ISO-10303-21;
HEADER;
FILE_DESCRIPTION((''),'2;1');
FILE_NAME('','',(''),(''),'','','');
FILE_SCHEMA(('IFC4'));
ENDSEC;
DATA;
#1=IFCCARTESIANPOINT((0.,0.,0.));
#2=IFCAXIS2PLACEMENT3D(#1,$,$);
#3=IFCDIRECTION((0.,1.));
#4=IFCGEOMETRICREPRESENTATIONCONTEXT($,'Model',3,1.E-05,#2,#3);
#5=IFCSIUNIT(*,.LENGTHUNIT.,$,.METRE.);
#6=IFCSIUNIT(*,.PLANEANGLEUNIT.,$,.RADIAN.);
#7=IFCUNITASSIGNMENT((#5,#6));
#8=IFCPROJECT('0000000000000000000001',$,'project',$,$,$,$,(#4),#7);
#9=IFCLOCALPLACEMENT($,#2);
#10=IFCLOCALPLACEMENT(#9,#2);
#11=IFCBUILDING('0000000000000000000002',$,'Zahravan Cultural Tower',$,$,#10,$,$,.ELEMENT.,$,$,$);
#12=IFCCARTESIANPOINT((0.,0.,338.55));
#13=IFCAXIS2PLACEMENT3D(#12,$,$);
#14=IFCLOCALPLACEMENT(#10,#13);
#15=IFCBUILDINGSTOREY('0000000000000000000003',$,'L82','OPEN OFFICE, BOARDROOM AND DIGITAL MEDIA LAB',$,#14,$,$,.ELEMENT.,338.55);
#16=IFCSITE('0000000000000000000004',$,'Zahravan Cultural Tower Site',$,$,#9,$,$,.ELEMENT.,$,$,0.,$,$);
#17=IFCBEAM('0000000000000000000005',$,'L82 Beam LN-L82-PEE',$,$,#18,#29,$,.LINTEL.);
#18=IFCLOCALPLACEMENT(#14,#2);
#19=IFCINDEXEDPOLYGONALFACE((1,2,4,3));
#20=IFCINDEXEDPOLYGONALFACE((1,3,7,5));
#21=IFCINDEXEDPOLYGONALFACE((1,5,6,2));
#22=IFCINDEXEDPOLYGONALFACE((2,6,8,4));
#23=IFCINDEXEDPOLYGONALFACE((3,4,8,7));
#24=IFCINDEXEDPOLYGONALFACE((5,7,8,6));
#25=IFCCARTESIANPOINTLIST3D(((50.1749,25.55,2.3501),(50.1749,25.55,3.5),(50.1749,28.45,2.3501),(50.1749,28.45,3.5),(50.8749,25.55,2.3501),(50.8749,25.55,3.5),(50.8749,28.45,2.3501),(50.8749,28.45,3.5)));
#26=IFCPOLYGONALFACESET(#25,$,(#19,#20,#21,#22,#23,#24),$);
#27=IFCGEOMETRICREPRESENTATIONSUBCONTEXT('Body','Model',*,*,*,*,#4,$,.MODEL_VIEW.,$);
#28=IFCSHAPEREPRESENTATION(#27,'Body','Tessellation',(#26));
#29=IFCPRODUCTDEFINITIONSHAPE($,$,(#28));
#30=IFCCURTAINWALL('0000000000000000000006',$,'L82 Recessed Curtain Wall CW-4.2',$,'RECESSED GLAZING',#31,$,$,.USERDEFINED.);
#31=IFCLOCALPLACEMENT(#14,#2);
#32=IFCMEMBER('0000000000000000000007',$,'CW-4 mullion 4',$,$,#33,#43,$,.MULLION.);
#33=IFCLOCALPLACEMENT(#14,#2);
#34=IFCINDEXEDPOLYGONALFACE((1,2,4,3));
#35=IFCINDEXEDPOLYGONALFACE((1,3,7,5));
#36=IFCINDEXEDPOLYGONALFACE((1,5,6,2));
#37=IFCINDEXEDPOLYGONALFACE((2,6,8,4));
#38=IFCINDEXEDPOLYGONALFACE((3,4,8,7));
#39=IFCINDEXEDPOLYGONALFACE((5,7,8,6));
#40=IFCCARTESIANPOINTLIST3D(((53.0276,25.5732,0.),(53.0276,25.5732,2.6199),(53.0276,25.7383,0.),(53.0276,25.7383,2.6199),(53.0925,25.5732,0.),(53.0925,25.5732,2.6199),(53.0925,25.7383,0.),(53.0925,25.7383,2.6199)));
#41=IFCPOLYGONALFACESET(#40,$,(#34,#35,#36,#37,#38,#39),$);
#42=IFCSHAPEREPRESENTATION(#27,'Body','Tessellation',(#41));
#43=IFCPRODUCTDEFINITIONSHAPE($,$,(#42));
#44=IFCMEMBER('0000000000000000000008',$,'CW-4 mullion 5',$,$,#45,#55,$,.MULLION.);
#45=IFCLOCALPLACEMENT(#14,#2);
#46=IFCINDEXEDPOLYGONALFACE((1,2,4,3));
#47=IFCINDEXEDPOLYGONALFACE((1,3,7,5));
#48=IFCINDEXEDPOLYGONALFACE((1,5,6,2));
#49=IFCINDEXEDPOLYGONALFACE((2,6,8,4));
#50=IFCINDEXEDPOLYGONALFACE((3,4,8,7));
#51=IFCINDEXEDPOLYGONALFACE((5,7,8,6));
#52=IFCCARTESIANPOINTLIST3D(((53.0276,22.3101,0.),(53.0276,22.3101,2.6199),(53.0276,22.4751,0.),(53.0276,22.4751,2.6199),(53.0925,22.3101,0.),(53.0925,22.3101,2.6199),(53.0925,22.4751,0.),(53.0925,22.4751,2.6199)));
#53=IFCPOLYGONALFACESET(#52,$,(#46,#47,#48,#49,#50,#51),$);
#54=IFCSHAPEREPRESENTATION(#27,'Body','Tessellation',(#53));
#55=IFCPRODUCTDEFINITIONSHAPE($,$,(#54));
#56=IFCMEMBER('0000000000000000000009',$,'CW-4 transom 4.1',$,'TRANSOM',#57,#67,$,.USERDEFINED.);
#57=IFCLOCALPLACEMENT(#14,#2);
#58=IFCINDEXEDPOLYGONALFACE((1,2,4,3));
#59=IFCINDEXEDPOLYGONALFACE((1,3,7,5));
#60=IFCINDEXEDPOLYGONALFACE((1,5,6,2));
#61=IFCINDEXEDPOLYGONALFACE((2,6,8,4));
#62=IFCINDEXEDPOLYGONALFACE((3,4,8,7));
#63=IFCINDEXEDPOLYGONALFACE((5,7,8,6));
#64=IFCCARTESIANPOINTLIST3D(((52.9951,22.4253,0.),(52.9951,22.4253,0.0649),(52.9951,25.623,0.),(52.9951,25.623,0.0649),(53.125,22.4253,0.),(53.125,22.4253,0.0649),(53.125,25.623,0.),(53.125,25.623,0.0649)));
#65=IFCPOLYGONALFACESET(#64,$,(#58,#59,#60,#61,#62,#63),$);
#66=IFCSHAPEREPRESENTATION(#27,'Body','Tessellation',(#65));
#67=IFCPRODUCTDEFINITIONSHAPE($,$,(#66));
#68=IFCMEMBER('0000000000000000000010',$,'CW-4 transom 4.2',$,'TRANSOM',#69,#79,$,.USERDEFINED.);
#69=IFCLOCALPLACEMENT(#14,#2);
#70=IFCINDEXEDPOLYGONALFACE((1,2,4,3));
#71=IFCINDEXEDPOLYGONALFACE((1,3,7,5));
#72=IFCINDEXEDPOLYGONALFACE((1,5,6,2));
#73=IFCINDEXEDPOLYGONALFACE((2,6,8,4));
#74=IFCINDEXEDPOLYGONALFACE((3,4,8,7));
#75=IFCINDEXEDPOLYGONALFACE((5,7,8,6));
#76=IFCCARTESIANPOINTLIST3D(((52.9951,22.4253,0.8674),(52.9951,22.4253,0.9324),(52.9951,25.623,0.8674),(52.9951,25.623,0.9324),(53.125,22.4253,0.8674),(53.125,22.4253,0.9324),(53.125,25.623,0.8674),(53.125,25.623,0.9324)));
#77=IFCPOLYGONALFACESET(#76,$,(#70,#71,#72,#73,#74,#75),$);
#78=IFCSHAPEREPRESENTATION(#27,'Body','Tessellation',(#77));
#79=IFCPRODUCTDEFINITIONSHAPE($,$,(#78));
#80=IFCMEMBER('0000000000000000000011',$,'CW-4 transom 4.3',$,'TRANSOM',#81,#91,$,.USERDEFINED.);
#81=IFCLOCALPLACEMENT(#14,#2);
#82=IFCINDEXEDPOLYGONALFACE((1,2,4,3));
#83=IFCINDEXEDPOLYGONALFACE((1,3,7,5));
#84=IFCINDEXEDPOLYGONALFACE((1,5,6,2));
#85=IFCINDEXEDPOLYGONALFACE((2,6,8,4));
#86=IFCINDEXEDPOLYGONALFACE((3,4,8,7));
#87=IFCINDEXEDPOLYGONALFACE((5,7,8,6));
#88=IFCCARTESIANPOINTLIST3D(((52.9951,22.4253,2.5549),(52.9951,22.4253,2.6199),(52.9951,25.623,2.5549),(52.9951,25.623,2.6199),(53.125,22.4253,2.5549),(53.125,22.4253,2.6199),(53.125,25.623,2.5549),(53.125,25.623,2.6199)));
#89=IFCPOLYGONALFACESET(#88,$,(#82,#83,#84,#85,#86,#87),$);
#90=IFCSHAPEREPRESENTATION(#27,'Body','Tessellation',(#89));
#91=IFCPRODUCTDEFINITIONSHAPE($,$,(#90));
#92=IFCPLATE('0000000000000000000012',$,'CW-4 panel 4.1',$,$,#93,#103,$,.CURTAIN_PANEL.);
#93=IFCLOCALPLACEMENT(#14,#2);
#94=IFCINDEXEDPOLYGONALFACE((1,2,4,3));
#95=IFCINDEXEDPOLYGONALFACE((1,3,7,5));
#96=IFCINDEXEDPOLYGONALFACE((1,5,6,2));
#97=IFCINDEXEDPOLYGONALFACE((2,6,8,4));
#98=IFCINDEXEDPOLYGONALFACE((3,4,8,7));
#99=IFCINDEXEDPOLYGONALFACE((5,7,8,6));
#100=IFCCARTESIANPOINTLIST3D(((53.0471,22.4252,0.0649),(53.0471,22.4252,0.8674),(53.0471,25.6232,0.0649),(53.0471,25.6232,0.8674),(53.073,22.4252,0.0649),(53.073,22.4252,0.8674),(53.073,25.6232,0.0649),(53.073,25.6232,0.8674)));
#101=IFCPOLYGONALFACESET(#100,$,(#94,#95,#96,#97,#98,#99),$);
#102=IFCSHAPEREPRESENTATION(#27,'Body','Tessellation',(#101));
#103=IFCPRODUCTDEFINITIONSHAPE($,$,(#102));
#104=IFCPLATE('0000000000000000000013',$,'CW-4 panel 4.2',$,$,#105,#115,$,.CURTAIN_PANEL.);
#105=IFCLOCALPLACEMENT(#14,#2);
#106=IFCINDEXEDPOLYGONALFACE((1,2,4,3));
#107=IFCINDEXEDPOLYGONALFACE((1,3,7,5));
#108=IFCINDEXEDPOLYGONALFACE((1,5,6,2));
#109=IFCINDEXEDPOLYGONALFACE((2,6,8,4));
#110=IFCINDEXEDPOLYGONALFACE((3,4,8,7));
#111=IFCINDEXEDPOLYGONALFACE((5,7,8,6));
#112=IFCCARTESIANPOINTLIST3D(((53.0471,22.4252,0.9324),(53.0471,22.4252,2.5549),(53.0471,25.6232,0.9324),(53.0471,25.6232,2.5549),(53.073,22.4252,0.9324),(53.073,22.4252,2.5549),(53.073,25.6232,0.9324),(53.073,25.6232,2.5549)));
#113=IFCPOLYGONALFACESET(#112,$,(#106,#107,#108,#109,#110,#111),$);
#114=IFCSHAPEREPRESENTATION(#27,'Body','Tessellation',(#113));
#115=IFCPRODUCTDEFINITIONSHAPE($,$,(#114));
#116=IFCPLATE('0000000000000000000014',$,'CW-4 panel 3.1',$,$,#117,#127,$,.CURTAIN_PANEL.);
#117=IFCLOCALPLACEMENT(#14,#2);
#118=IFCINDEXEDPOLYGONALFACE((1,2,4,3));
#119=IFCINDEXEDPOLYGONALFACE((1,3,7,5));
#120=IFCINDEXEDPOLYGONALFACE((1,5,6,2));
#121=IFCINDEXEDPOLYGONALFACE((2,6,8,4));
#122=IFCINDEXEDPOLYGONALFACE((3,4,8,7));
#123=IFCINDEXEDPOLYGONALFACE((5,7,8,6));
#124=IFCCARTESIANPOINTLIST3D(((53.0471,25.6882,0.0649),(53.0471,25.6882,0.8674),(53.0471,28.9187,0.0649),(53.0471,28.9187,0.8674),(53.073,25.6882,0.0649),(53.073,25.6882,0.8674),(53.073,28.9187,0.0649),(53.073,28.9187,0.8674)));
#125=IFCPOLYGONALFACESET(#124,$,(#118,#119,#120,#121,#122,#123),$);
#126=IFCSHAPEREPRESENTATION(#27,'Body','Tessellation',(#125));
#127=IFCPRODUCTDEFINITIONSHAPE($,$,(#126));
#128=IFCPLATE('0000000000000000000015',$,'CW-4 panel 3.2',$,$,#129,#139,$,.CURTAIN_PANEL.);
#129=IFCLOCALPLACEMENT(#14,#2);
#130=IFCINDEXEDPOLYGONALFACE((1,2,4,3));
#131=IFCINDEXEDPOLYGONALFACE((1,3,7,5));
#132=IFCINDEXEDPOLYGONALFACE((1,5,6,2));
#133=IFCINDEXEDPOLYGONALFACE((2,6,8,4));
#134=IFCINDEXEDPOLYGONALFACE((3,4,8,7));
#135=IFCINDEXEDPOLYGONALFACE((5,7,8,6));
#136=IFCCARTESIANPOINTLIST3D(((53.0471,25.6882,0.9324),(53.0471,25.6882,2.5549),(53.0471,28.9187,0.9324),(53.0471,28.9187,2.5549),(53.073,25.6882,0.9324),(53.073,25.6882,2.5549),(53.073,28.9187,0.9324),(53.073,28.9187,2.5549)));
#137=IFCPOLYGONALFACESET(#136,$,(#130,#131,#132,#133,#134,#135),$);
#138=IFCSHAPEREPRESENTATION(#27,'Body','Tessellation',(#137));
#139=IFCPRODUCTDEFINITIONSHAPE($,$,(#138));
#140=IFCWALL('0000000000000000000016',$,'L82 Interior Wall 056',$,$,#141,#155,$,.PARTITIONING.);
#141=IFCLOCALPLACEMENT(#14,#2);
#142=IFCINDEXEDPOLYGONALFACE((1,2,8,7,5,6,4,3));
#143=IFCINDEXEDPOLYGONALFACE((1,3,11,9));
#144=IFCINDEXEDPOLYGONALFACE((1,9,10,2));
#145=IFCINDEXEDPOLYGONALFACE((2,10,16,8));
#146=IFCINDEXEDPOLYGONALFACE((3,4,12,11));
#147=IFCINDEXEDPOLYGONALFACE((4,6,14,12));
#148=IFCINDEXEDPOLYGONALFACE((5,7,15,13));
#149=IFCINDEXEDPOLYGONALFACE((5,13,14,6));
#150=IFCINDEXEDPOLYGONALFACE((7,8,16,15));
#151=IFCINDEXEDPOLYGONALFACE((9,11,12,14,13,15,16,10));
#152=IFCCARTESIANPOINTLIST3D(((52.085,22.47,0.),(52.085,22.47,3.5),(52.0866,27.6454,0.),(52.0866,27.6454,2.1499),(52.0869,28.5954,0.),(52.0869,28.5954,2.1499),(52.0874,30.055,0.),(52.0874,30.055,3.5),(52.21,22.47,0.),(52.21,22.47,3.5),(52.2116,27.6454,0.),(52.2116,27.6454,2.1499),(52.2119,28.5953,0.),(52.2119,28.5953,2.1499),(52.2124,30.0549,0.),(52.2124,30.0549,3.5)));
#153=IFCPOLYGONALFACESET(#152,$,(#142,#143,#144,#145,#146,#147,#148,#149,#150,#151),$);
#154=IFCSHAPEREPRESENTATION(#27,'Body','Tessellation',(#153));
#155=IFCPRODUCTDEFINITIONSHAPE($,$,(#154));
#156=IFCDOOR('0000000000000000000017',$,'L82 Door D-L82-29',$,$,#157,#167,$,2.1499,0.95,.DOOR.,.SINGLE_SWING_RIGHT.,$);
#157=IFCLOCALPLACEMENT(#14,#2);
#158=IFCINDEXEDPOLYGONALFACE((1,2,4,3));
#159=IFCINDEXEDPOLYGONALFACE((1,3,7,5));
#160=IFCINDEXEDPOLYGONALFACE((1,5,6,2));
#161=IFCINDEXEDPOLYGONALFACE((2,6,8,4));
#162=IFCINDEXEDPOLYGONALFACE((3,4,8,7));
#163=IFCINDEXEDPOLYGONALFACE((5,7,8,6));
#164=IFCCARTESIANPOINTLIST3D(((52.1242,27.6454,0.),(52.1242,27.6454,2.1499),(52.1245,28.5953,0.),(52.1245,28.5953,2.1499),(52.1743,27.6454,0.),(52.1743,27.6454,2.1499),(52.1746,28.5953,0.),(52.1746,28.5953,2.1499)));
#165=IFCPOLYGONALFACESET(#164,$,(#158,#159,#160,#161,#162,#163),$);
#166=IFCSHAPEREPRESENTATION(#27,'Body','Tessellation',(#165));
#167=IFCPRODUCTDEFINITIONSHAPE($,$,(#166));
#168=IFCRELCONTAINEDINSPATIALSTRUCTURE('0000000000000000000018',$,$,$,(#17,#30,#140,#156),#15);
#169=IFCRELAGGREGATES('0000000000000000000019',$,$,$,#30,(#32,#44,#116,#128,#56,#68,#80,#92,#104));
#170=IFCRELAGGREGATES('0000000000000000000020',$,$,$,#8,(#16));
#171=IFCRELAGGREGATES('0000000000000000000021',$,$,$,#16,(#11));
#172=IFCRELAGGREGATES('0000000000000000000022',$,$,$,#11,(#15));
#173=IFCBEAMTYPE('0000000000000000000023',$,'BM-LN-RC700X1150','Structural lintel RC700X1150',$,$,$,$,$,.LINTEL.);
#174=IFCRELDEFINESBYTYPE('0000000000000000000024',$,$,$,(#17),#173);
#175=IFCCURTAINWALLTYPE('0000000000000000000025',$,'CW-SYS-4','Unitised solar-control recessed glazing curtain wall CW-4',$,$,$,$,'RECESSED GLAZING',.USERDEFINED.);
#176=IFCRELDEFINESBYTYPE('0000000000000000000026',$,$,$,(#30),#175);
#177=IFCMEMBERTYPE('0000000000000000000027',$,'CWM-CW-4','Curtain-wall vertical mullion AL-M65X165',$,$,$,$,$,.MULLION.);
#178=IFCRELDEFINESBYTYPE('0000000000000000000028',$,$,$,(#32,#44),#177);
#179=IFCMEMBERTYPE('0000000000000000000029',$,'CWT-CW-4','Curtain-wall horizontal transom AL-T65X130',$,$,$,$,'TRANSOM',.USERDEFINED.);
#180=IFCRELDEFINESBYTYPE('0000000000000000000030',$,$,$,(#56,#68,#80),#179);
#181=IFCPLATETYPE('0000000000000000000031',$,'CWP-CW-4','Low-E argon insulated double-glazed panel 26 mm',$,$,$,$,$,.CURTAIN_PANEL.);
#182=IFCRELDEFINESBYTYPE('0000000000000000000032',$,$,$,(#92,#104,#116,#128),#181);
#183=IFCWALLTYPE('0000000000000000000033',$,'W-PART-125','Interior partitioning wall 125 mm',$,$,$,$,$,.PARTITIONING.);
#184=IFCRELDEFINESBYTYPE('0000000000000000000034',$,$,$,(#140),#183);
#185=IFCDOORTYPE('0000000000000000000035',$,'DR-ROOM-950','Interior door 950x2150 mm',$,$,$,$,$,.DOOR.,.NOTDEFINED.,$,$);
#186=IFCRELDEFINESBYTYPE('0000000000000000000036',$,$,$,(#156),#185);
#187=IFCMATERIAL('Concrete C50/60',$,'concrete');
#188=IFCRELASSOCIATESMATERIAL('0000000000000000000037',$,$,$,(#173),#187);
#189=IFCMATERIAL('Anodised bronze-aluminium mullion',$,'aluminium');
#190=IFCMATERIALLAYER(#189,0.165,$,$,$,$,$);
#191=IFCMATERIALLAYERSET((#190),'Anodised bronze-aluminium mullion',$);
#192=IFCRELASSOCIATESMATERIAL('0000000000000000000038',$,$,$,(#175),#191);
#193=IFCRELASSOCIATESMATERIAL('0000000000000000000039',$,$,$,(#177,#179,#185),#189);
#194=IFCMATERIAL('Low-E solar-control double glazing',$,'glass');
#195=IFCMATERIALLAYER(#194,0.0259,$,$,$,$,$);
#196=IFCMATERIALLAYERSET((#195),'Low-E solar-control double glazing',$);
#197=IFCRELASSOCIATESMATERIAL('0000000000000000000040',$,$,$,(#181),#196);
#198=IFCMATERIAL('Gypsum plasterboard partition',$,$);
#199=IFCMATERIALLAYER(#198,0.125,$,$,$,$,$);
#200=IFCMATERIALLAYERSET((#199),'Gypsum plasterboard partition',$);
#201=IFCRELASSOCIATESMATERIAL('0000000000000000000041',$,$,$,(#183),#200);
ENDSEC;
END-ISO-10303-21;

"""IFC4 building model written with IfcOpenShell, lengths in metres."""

from ifc_helpers import new_model, si_unit, direction, frame, frame_2d, origin, origin_2d, place, context, subcontext, project, spatial, rectangle, extrude, source, transform, mapped, material, layer, layer_set, material_profile, profile_set, type_object, element, fill, aggregate, save


model = new_model("IFC4")

# Units and contexts
model_context = context("Model", 3, precision=1e-05, world=origin(), true_north=direction((0.0, 1.0)))
body_context = subcontext(model_context, "Body", "Model", "MODEL_VIEW")
ifc_project = project(units=[si_unit("LENGTHUNIT", "METRE"), si_unit("PLANEANGLEUNIT", "RADIAN")], contexts=[model_context])

# Site, building, storey
site_placement = place(None, origin())
site = spatial("IfcSite", under=ifc_project, at=site_placement, Name="Zahravan Cultural Tower Site", CompositionType="ELEMENT", RefElevation=0.0)
building_placement = place(site_placement, origin())
building = spatial("IfcBuilding", under=site, at=building_placement, Name="Zahravan Cultural Tower", CompositionType="ELEMENT")
storey_placement = place(building_placement, frame((0.0, 0.0, 338.55)))
storey = spatial("IfcBuildingStorey", under=building, at=storey_placement, Name="L82", Description="OPEN OFFICE, BOARDROOM AND DIGITAL MEDIA LAB", CompositionType="ELEMENT", Elevation=338.55)

# Beam
ifc_material_1 = material(Name="Concrete C50/60", Category="concrete")
ifc_material_profile_1 = material_profile(ifc_material_1, rectangle(XDim=0.7, YDim=1.1499, at=origin_2d()), Name="RC700X1150")
ifc_profile_set_1 = profile_set([ifc_material_profile_1], Name="Concrete C50/60")
beam_type = type_object("IfcBeamType", Name="BM-LN-RC700X1150", Description="Structural lintel RC700X1150", PredefinedType="LINTEL", material=ifc_profile_set_1)
shared_shape_1 = source(origin(), body_context, "Body", "SweptSolid", [
    extrude(rectangle(XDim=0.7, YDim=1.1499, at=origin_2d()), origin(), (0.0, 0.0, 1.0), 2.8999),
])
beam_placement = place(storey_placement, frame((50.5249, 25.55, 2.925), z_axis=(0.0, 1.0, 0.0), x_axis=(-1.0, 0.0, 0.0)))
element("IfcBeam", 1, at=beam_placement, inside=storey, type_object=beam_type, Name="L82 Beam LN-L82-PEE", PredefinedType="LINTEL", context=body_context, shape_type="MappedRepresentation", body=[
    mapped(shared_shape_1, transform((0.0, 0.0, 0.0), x_axis=(1.0, 0.0, 0.0), y_axis=(0.0, 1.0, 0.0), z_axis=(0.0, 0.0, 1.0), scale=1.0)),
])

# Curtain wall, members, plates
ifc_material_2 = material(Name="Anodised bronze-aluminium mullion", Category="aluminium")
ifc_layer_1 = layer(ifc_material_2, 0.165)
ifc_layer_set_1 = layer_set([ifc_layer_1], Name="Anodised bronze-aluminium mullion")
curtain_wall_type = type_object("IfcCurtainWallType", Name="CW-SYS-4", Description="Unitised solar-control recessed glazing curtain wall CW-4", ElementType="RECESSED GLAZING", PredefinedType="USERDEFINED", material=ifc_layer_set_1)
curtain_wall_placement = place(storey_placement, origin())
curtain_wall = element("IfcCurtainWall", 2, at=curtain_wall_placement, inside=storey, type_object=curtain_wall_type, Name="L82 Recessed Curtain Wall CW-4.2", ObjectType="RECESSED GLAZING", PredefinedType="USERDEFINED")
ifc_material_profile_2 = material_profile(ifc_material_2, rectangle(XDim=0.0649, YDim=0.165, at=origin_2d()), Name="AL-M65X165")
ifc_profile_set_2 = profile_set([ifc_material_profile_2], Name="Anodised bronze-aluminium mullion")
member_type_1 = type_object("IfcMemberType", Name="CWM-CW-4", Description="Curtain-wall vertical mullion AL-M65X165", PredefinedType="MULLION", material=ifc_profile_set_2)
shared_shape_2 = source(origin(), body_context, "Body", "SweptSolid", [
    extrude(rectangle(XDim=0.0649, YDim=0.165, at=origin_2d()), origin(), (0.0, 0.0, 1.0), 2.6199),
])
member_1_placement = place(storey_placement, frame((53.0601, 25.6558, 0.0), z_axis=(0.0, 0.0, 1.0), x_axis=(1.0, 0.0, 0.0)))
member_1 = element("IfcMember", 3, at=member_1_placement, type_object=member_type_1, Name="CW-4 mullion 4", PredefinedType="MULLION", context=body_context, shape_type="MappedRepresentation", body=[
    mapped(shared_shape_2, transform((0.0, 0.0, 0.0), x_axis=(1.0, 0.0, 0.0), y_axis=(0.0, 1.0, 0.0), z_axis=(0.0, 0.0, 1.0), scale=1.0)),
])
member_2_placement = place(storey_placement, frame((53.0601, 22.3926, 0.0), z_axis=(0.0, 0.0, 1.0), x_axis=(1.0, 0.0, 0.0)))
member_2 = element("IfcMember", 4, at=member_2_placement, type_object=member_type_1, Name="CW-4 mullion 5", PredefinedType="MULLION", context=body_context, shape_type="MappedRepresentation", body=[
    mapped(shared_shape_2, transform((0.0, 0.0, 0.0), x_axis=(1.0, 0.0, 0.0), y_axis=(0.0, 1.0, 0.0), z_axis=(0.0, 0.0, 1.0), scale=1.0)),
])
ifc_material_profile_3 = material_profile(ifc_material_2, rectangle(XDim=0.1299, YDim=0.0649, at=origin_2d()), Name="AL-T65X130")
ifc_profile_set_3 = profile_set([ifc_material_profile_3], Name="Anodised bronze-aluminium mullion")
member_type_2 = type_object("IfcMemberType", Name="CWT-CW-4", Description="Curtain-wall horizontal transom AL-T65X130", ElementType="TRANSOM", PredefinedType="USERDEFINED", material=ifc_profile_set_3)
shared_shape_3 = source(origin(), body_context, "Body", "SweptSolid", [
    extrude(rectangle(XDim=0.1299, YDim=0.0649, at=origin_2d()), origin(), (0.0, 0.0, 1.0), 3.1978),
])
member_3_placement = place(storey_placement, frame((53.0601, 25.623, 0.0325), z_axis=(0.0, -1.0, 0.0), x_axis=(1.0, 0.0, 0.0)))
member_3 = element("IfcMember", 5, at=member_3_placement, type_object=member_type_2, Name="CW-4 transom 4.1", ObjectType="TRANSOM", PredefinedType="USERDEFINED", context=body_context, shape_type="MappedRepresentation", body=[
    mapped(shared_shape_3, transform((0.0, 0.0, 0.0), x_axis=(1.0, 0.0, 0.0), y_axis=(0.0, 1.0, 0.0), z_axis=(0.0, 0.0, 1.0), scale=1.0)),
])
member_4_placement = place(storey_placement, frame((53.0601, 25.623, 0.8999), z_axis=(0.0, -1.0, 0.0), x_axis=(1.0, 0.0, 0.0)))
member_4 = element("IfcMember", 6, at=member_4_placement, type_object=member_type_2, Name="CW-4 transom 4.2", ObjectType="TRANSOM", PredefinedType="USERDEFINED", context=body_context, shape_type="MappedRepresentation", body=[
    mapped(shared_shape_3, transform((0.0, 0.0, 0.0), x_axis=(1.0, 0.0, 0.0), y_axis=(0.0, 1.0, 0.0), z_axis=(0.0, 0.0, 1.0), scale=1.0)),
])
member_5_placement = place(storey_placement, frame((53.0601, 25.623, 2.5874), z_axis=(0.0, -1.0, 0.0), x_axis=(1.0, 0.0, 0.0)))
member_5 = element("IfcMember", 7, at=member_5_placement, type_object=member_type_2, Name="CW-4 transom 4.3", ObjectType="TRANSOM", PredefinedType="USERDEFINED", context=body_context, shape_type="MappedRepresentation", body=[
    mapped(shared_shape_3, transform((0.0, 0.0, 0.0), x_axis=(1.0, 0.0, 0.0), y_axis=(0.0, 1.0, 0.0), z_axis=(0.0, 0.0, 1.0), scale=1.0)),
])
ifc_material_3 = material(Name="Low-E solar-control double glazing", Category="glass")
ifc_layer_2 = layer(ifc_material_3, 0.0259)
ifc_layer_set_2 = layer_set([ifc_layer_2], Name="Low-E solar-control double glazing")
plate_type = type_object("IfcPlateType", Name="CWP-CW-4", Description="Low-E argon insulated double-glazed panel 26 mm", PredefinedType="CURTAIN_PANEL", material=ifc_layer_set_2)
shared_shape_4 = source(origin(), body_context, "Body", "SweptSolid", [
    extrude(rectangle(XDim=3.198, YDim=0.0259, at=origin_2d()), origin(), (0.0, 0.0, 1.0), 0.8025),
])
plate_1_placement = place(storey_placement, frame((53.0601, 24.0242, 0.0649), z_axis=(0.0, 0.0, 1.0), x_axis=(0.0, -1.0, 0.0)))
plate_1 = element("IfcPlate", 8, at=plate_1_placement, type_object=plate_type, Name="CW-4 panel 4.1", PredefinedType="CURTAIN_PANEL", context=body_context, shape_type="MappedRepresentation", body=[
    mapped(shared_shape_4, transform((0.0, 0.0, 0.0), x_axis=(1.0, 0.0, 0.0), y_axis=(0.0, 1.0, 0.0), z_axis=(0.0, 0.0, 1.0), scale=1.0)),
])
shared_shape_5 = source(origin(), body_context, "Body", "SweptSolid", [
    extrude(rectangle(XDim=3.198, YDim=0.0259, at=origin_2d()), origin(), (0.0, 0.0, 1.0), 1.6226),
])
plate_2_placement = place(storey_placement, frame((53.0601, 24.0242, 0.9324), z_axis=(0.0, 0.0, 1.0), x_axis=(0.0, -1.0, 0.0)))
plate_2 = element("IfcPlate", 9, at=plate_2_placement, type_object=plate_type, Name="CW-4 panel 4.2", PredefinedType="CURTAIN_PANEL", context=body_context, shape_type="MappedRepresentation", body=[
    mapped(shared_shape_5, transform((0.0, 0.0, 0.0), x_axis=(1.0, 0.0, 0.0), y_axis=(0.0, 1.0, 0.0), z_axis=(0.0, 0.0, 1.0), scale=1.0)),
])
shared_shape_6 = source(origin(), body_context, "Body", "SweptSolid", [
    extrude(rectangle(XDim=3.2305, YDim=0.0259, at=origin_2d()), origin(), (0.0, 0.0, 1.0), 0.8025),
])
plate_3_placement = place(storey_placement, frame((53.0601, 27.3035, 0.0649), z_axis=(0.0, 0.0, 1.0), x_axis=(0.0, -1.0, 0.0)))
plate_3 = element("IfcPlate", 10, at=plate_3_placement, type_object=plate_type, Name="CW-4 panel 3.1", PredefinedType="CURTAIN_PANEL", context=body_context, shape_type="MappedRepresentation", body=[
    mapped(shared_shape_6, transform((0.0, 0.0, 0.0), x_axis=(1.0, 0.0, 0.0), y_axis=(0.0, 1.0, 0.0), z_axis=(0.0, 0.0, 1.0), scale=1.0)),
])
shared_shape_7 = source(origin(), body_context, "Body", "SweptSolid", [
    extrude(rectangle(XDim=3.2305, YDim=0.0259, at=origin_2d()), origin(), (0.0, 0.0, 1.0), 1.6226),
])
plate_4_placement = place(storey_placement, frame((53.0601, 27.3035, 0.9324), z_axis=(0.0, 0.0, 1.0), x_axis=(0.0, -1.0, 0.0)))
plate_4 = element("IfcPlate", 11, at=plate_4_placement, type_object=plate_type, Name="CW-4 panel 3.2", PredefinedType="CURTAIN_PANEL", context=body_context, shape_type="MappedRepresentation", body=[
    mapped(shared_shape_7, transform((0.0, 0.0, 0.0), x_axis=(1.0, 0.0, 0.0), y_axis=(0.0, 1.0, 0.0), z_axis=(0.0, 0.0, 1.0), scale=1.0)),
])
aggregate(curtain_wall, [member_1, member_2, plate_3, plate_4, member_3, member_4, member_5, plate_1, plate_2])

# Wall, opening, door
ifc_material_4 = material(Name="Gypsum plasterboard partition")
ifc_layer_3 = layer(ifc_material_4, 0.125)
ifc_layer_set_3 = layer_set([ifc_layer_3], Name="Gypsum plasterboard partition")
wall_type_1 = type_object("IfcWallType", Name="W-PART-125", Description="Interior partitioning wall 125 mm", PredefinedType="PARTITIONING", material=ifc_layer_set_3)
wall_1_placement = place(storey_placement, frame((52.1475, 22.47, 0.0), z_axis=(0.0, 0.0, 1.0), x_axis=(0.000322, 1.0, 0.0)))
wall_1 = element("IfcWall", 12, at=wall_1_placement, inside=storey, type_object=wall_type_1, Name="L82 Interior Wall 056", PredefinedType="PARTITIONING", context=body_context, shape_type="SweptSolid", body=[
    extrude(rectangle(XDim=7.585, YDim=0.125, at=frame_2d((3.7925, 0.0))), origin(), (0.0, 0.0, 1.0), 3.5),
])
opening_placement = place(wall_1_placement, frame((5.1753, 0.0, 0.0)))
opening = element("IfcOpeningElement", 13, at=opening_placement, cuts=wall_1, PredefinedType="OPENING", context=body_context, shape_type="SweptSolid", body=[
    extrude(rectangle(XDim=0.95, YDim=2.1499, at=frame_2d((0.4751, 1.075))), frame((0.0, 0.0725, 0.0), z_axis=(0.0, -1.0, 0.0), x_axis=(1.0, 0.0, 0.0)), (0.0, 0.0, 1.0), 0.145),
])
door_type = type_object("IfcDoorType", Name="DR-ROOM-950", Description="Interior door 950x2150 mm", OperationType="NOTDEFINED", PredefinedType="DOOR", material=ifc_material_2)
shared_shape_8 = source(origin(), body_context, "Body", "SweptSolid", [
    extrude(rectangle(XDim=0.95, YDim=2.1499, at=frame_2d((0.4751, 1.075))), frame((0.0, 0.0249, 0.0), z_axis=(0.0, -1.0, 0.0), x_axis=(1.0, 0.0, 0.0)), (0.0, 0.0, 1.0), 0.05),
])
door_placement = place(opening_placement, origin())
door = element("IfcDoor", 14, at=door_placement, inside=storey, type_object=door_type, Name="L82 Door D-L82-29", OperationType="SINGLE_SWING_RIGHT", OverallHeight=2.1499, OverallWidth=0.95, PredefinedType="DOOR", context=body_context, shape_type="MappedRepresentation", body=[
    mapped(shared_shape_8, transform((0.0, 0.0, 0.0), x_axis=(1.0, 0.0, 0.0), y_axis=(0.0, 1.0, 0.0), z_axis=(0.0, 0.0, 1.0), scale=1.0)),
])
fill(opening, door)

save(model, "model.ifc")
